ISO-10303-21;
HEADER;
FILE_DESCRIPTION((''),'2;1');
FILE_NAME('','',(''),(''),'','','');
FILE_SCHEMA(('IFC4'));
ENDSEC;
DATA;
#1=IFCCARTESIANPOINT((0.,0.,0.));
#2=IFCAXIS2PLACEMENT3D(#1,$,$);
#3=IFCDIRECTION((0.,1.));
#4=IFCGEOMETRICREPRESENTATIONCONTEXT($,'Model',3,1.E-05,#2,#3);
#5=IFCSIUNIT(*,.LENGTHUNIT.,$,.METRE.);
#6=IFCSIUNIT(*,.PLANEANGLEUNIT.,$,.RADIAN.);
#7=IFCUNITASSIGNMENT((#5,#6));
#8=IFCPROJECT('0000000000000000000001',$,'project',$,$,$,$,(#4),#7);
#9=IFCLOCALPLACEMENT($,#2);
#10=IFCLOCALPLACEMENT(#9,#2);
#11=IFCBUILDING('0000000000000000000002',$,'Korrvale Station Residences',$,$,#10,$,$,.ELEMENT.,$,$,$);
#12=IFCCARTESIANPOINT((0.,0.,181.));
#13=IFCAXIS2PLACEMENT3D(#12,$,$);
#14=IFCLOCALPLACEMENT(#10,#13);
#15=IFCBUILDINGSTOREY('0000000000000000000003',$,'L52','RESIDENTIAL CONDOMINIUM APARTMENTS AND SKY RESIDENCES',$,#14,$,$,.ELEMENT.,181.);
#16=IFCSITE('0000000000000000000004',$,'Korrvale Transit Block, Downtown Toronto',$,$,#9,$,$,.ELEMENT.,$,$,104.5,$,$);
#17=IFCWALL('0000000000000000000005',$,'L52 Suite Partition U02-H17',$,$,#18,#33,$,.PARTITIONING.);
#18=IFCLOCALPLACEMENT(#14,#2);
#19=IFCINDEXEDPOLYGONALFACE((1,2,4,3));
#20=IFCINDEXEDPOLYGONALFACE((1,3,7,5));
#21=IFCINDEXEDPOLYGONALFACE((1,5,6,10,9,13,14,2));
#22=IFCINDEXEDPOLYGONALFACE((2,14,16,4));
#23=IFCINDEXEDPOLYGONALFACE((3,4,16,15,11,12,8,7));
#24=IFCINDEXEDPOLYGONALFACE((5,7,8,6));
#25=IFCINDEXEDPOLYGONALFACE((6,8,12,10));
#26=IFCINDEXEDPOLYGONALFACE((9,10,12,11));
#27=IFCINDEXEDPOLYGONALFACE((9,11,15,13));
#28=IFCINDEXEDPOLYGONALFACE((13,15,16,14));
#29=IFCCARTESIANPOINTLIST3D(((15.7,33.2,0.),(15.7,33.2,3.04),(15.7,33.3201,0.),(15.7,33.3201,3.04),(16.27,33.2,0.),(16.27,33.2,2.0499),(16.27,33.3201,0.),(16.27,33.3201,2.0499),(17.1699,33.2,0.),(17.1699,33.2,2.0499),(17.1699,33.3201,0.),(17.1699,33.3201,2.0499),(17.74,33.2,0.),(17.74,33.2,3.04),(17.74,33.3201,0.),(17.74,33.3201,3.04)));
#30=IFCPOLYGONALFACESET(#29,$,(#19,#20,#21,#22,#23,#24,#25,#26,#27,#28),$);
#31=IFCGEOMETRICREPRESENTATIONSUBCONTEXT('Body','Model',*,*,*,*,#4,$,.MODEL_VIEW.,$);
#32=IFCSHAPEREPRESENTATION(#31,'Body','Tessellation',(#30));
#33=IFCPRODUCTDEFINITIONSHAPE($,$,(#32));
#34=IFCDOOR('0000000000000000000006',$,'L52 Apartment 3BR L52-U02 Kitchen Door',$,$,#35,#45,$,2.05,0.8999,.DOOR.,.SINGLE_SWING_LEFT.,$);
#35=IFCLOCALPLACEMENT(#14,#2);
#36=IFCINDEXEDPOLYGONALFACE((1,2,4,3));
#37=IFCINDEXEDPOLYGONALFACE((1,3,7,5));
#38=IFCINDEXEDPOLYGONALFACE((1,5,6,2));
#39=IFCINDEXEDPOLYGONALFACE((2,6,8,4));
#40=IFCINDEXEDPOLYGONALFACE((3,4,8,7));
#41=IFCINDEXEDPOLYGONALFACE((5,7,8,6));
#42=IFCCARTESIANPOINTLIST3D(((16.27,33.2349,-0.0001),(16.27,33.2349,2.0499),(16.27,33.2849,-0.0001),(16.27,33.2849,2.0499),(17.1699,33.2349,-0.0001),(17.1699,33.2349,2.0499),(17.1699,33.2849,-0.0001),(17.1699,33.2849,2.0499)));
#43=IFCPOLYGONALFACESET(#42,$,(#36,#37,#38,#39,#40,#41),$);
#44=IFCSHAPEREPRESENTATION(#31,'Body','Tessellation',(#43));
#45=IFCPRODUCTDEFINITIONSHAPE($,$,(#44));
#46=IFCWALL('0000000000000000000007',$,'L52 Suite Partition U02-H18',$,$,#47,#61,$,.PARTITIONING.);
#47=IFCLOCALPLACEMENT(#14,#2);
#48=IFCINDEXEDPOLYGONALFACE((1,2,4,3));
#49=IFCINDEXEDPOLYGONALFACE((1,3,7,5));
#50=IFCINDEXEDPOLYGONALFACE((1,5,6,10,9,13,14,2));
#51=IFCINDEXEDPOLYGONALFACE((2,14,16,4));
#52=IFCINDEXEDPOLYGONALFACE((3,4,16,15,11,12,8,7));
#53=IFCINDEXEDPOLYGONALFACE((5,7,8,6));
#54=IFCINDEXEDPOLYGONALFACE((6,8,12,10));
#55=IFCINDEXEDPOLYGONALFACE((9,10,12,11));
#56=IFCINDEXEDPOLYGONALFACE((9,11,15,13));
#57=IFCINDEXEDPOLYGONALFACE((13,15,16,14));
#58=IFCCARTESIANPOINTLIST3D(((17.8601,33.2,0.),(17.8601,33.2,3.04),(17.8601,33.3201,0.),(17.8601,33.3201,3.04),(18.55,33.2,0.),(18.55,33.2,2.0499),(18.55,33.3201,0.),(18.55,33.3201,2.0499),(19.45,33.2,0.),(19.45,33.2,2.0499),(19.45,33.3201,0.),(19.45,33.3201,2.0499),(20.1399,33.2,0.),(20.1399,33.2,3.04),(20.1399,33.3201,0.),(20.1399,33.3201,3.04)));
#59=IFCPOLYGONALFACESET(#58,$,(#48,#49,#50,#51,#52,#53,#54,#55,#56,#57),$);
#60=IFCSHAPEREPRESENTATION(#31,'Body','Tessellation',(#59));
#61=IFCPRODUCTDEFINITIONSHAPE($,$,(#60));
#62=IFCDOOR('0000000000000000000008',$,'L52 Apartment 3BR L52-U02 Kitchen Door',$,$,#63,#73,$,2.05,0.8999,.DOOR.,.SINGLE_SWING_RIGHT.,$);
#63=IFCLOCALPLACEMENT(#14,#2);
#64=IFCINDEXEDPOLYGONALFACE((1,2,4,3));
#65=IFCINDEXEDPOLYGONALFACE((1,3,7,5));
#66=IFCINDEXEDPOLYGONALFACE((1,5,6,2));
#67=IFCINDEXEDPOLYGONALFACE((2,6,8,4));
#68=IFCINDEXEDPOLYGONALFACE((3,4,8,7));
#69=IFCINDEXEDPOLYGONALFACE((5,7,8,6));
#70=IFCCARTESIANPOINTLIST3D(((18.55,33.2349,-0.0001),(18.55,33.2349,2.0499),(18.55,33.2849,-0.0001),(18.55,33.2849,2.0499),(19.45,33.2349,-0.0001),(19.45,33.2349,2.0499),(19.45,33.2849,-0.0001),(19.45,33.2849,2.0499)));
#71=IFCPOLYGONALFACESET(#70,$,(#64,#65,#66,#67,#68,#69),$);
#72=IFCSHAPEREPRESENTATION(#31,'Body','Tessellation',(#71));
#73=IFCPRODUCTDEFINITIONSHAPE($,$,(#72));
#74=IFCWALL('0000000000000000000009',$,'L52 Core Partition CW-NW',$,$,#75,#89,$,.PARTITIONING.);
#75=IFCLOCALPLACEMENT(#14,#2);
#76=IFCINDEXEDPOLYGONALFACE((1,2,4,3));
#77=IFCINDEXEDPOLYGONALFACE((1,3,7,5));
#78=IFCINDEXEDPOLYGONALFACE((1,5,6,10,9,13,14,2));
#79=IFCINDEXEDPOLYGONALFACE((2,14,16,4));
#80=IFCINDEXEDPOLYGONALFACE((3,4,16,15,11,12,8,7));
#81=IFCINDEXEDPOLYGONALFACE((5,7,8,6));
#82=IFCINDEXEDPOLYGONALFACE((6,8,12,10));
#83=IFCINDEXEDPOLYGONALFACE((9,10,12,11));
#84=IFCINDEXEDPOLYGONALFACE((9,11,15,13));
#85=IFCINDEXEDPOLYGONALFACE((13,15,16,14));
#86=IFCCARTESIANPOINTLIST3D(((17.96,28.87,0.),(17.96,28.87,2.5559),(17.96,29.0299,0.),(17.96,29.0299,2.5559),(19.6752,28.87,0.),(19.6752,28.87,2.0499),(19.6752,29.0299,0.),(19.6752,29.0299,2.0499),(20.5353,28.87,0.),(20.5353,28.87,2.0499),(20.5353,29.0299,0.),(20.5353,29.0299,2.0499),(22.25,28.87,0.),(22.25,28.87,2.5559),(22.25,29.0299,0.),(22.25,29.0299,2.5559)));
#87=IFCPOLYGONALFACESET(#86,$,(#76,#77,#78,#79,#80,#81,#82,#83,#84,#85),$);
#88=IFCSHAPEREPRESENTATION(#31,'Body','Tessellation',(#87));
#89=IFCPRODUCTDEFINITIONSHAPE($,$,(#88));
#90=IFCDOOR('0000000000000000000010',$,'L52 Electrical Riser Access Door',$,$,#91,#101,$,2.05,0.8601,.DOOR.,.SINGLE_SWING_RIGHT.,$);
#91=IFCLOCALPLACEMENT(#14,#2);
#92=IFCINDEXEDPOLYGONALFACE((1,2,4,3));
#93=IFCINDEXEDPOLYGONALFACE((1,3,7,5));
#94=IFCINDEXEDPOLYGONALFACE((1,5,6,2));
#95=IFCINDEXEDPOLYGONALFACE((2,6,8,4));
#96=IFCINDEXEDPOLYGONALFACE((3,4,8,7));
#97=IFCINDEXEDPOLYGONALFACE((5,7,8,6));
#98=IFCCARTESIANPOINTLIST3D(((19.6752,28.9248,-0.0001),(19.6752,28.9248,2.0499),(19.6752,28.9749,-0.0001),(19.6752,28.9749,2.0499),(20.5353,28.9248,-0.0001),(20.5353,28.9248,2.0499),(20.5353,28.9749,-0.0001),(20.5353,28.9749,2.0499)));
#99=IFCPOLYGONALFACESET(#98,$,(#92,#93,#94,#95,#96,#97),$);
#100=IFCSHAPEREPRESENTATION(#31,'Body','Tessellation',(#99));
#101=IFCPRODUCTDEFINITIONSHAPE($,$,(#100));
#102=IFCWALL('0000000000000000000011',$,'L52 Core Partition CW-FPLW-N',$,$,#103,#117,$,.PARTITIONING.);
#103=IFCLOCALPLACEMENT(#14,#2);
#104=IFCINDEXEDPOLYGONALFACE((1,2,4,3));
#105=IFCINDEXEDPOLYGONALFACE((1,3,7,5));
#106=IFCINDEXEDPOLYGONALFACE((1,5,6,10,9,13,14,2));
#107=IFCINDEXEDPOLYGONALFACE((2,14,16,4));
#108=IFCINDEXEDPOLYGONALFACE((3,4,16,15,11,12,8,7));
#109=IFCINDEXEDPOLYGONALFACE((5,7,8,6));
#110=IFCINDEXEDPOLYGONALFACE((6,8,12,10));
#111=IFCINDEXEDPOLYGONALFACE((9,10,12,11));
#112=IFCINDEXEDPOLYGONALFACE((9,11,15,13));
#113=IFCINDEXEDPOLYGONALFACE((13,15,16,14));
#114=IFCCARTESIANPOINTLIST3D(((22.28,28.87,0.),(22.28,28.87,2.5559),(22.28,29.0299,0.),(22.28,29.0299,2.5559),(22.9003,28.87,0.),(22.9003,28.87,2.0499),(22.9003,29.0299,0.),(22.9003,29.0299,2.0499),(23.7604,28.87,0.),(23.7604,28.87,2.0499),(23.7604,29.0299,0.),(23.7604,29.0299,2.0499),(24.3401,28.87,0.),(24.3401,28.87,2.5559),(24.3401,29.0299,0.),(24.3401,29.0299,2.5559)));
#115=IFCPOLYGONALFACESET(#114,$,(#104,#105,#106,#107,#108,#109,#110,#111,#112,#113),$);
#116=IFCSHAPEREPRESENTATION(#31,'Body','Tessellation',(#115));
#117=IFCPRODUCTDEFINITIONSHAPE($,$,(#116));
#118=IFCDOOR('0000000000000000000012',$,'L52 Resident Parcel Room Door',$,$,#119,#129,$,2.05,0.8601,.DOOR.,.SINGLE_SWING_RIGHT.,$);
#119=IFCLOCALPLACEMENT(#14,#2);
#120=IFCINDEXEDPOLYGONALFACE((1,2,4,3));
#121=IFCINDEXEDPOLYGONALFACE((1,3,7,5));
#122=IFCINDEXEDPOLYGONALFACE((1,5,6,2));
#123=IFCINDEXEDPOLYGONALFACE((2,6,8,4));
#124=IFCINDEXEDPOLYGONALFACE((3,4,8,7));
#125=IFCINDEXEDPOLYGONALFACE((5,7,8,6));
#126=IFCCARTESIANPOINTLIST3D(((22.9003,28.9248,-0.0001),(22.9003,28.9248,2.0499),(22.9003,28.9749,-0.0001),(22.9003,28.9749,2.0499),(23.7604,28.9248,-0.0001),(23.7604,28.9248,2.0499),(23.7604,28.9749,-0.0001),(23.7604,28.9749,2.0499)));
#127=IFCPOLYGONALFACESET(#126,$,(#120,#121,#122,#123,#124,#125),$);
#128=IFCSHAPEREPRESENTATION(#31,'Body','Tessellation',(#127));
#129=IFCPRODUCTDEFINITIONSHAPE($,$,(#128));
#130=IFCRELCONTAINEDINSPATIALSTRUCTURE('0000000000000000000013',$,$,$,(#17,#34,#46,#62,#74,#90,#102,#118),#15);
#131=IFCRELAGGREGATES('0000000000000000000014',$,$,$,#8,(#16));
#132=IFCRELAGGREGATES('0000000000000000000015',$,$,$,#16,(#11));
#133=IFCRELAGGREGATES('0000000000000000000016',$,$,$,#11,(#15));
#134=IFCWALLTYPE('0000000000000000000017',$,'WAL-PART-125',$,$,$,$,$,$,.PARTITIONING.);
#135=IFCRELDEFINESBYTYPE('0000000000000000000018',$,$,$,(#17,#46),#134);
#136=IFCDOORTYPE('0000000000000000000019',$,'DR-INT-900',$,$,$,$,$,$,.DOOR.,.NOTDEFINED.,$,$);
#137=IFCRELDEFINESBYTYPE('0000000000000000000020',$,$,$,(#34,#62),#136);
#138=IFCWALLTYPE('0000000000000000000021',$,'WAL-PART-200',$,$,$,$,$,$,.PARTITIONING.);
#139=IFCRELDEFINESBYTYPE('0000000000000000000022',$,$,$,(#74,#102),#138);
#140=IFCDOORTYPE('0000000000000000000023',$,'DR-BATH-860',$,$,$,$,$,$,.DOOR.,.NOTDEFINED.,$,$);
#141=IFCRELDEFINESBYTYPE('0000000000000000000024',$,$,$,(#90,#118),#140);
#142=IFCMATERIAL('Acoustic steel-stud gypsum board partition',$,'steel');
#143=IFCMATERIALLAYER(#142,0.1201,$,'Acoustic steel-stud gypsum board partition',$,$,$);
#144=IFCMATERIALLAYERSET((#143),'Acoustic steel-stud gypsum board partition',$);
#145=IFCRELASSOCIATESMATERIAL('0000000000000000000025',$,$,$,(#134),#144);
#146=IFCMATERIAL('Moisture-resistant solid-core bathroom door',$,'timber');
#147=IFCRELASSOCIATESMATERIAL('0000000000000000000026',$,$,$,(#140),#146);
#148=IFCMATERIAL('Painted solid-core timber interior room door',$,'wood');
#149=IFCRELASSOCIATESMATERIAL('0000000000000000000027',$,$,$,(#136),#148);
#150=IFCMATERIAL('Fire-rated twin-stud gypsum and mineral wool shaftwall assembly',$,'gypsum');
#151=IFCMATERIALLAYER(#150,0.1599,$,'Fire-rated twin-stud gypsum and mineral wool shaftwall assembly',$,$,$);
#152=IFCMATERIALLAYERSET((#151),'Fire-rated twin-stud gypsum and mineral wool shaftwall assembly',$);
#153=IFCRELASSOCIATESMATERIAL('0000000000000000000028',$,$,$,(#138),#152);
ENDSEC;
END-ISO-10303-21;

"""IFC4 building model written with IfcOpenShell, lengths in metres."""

from ifc_helpers import new_model, si_unit, direction, frame, frame_2d, origin, place, context, subcontext, project, spatial, rectangle, extrude, material, layer, layer_set, type_object, element, fill, save


model = new_model("IFC4")

# Units and contexts
model_context = context("Model", 3, precision=1e-05, world=origin(), true_north=direction((0.0, 1.0)))
body_context = subcontext(model_context, "Body", "Model", "MODEL_VIEW")
ifc_project = project(units=[si_unit("LENGTHUNIT", "METRE"), si_unit("PLANEANGLEUNIT", "RADIAN")], contexts=[model_context])

# Site, building, storey
site_placement = place(None, origin())
site = spatial("IfcSite", under=ifc_project, at=site_placement, Name="Korrvale Transit Block, Downtown Toronto", CompositionType="ELEMENT", RefElevation=104.5)
building_placement = place(site_placement, origin())
building = spatial("IfcBuilding", under=site, at=building_placement, Name="Korrvale Station Residences", CompositionType="ELEMENT")
storey_placement = place(building_placement, frame((0.0, 0.0, 181.0)))
storey = spatial("IfcBuildingStorey", under=building, at=storey_placement, Name="L52", Description="RESIDENTIAL CONDOMINIUM APARTMENTS AND SKY RESIDENCES", CompositionType="ELEMENT", Elevation=181.0)

# Walls, openings, doors
ifc_material_1 = material(Name="Acoustic steel-stud gypsum board partition", Category="steel")
ifc_layer_1 = layer(ifc_material_1, 0.1201, Name="Acoustic steel-stud gypsum board partition")
ifc_layer_set_1 = layer_set([ifc_layer_1], Name="Acoustic steel-stud gypsum board partition")
wall_type_1 = type_object("IfcWallType", Name="WAL-PART-125", PredefinedType="PARTITIONING", material=ifc_layer_set_1)
ifc_material_2 = material(Name="Moisture-resistant solid-core bathroom door", Category="timber")
door_type_1 = type_object("IfcDoorType", Name="DR-BATH-860", OperationType="NOTDEFINED", PredefinedType="DOOR", material=ifc_material_2)
ifc_material_3 = material(Name="Painted solid-core timber interior room door", Category="wood")
door_type_2 = type_object("IfcDoorType", Name="DR-INT-900", OperationType="NOTDEFINED", PredefinedType="DOOR", material=ifc_material_3)
wall_1_placement = place(storey_placement, frame((15.7, 33.26, 0.0), z_axis=(0.0, 0.0, 1.0), x_axis=(1.0, 0.0, 0.0)))
wall_1 = element("IfcWall", 1, at=wall_1_placement, inside=storey, type_object=wall_type_1, Name="L52 Suite Partition U02-H17", PredefinedType="PARTITIONING", context=body_context, shape_type="SweptSolid", body=[
    extrude(rectangle(XDim=2.04, YDim=0.1201, at=frame_2d((1.02, 0.0))), origin(), (0.0, 0.0, 1.0), 3.04),
])
opening_1_placement = place(wall_1_placement, frame((0.5701, 0.0, 0.0)))
opening_1 = element("IfcOpeningElement", 2, at=opening_1_placement, cuts=wall_1, PredefinedType="OPENING", context=body_context, shape_type="SweptSolid", body=[
    extrude(rectangle(XDim=0.8999, YDim=2.05, at=frame_2d((0.45, 1.0249))), frame((0.0, 0.0701, 0.0), z_axis=(0.0, -1.0, 0.0), x_axis=(1.0, 0.0, 0.0)), (0.0, 0.0, 1.0), 0.1401),
])
door_1_placement = place(opening_1_placement, origin())
door_1 = element("IfcDoor", 3, at=door_1_placement, inside=storey, type_object=door_type_2, Name="L52 Apartment 3BR L52-U02 Kitchen Door", OperationType="SINGLE_SWING_LEFT", OverallHeight=2.05, OverallWidth=0.8999, PredefinedType="DOOR", context=body_context, shape_type="SweptSolid", body=[
    extrude(rectangle(XDim=0.8999, YDim=2.05, at=frame_2d((0.45, 1.0249))), frame((0.0, 0.0249, 0.0), z_axis=(0.0, -1.0, 0.0), x_axis=(1.0, 0.0, 0.0)), (0.0, 0.0, 1.0), 0.05),
])
fill(opening_1, door_1)
wall_2_placement = place(storey_placement, frame((17.8601, 33.26, 0.0), z_axis=(0.0, 0.0, 1.0), x_axis=(1.0, 0.0, 0.0)))
wall_2 = element("IfcWall", 4, at=wall_2_placement, inside=storey, type_object=wall_type_1, Name="L52 Suite Partition U02-H18", PredefinedType="PARTITIONING", context=body_context, shape_type="SweptSolid", body=[
    extrude(rectangle(XDim=2.2798, YDim=0.1201, at=frame_2d((1.1399, 0.0))), origin(), (0.0, 0.0, 1.0), 3.04),
])
opening_2_placement = place(wall_2_placement, frame((0.6899, 0.0, 0.0)))
opening_2 = element("IfcOpeningElement", 5, at=opening_2_placement, cuts=wall_2, PredefinedType="OPENING", context=body_context, shape_type="SweptSolid", body=[
    extrude(rectangle(XDim=0.8999, YDim=2.05, at=frame_2d((0.45, 1.0249))), frame((0.0, 0.0701, 0.0), z_axis=(0.0, -1.0, 0.0), x_axis=(1.0, 0.0, 0.0)), (0.0, 0.0, 1.0), 0.1401),
])
door_2_placement = place(opening_2_placement, origin())
door_2 = element("IfcDoor", 6, at=door_2_placement, inside=storey, type_object=door_type_2, Name="L52 Apartment 3BR L52-U02 Kitchen Door", OperationType="SINGLE_SWING_RIGHT", OverallHeight=2.05, OverallWidth=0.8999, PredefinedType="DOOR", context=body_context, shape_type="SweptSolid", body=[
    extrude(rectangle(XDim=0.8999, YDim=2.05, at=frame_2d((0.45, 1.0249))), frame((0.0, 0.0249, 0.0), z_axis=(0.0, -1.0, 0.0), x_axis=(1.0, 0.0, 0.0)), (0.0, 0.0, 1.0), 0.05),
])
fill(opening_2, door_2)
ifc_material_4 = material(Name="Fire-rated twin-stud gypsum and mineral wool shaftwall assembly", Category="gypsum")
ifc_layer_2 = layer(ifc_material_4, 0.1599, Name="Fire-rated twin-stud gypsum and mineral wool shaftwall assembly")
ifc_layer_set_2 = layer_set([ifc_layer_2], Name="Fire-rated twin-stud gypsum and mineral wool shaftwall assembly")
wall_type_2 = type_object("IfcWallType", Name="WAL-PART-200", PredefinedType="PARTITIONING", material=ifc_layer_set_2)
wall_3_placement = place(storey_placement, frame((17.96, 28.95, 0.0), z_axis=(0.0, 0.0, 1.0), x_axis=(1.0, 0.0, 0.0)))
wall_3 = element("IfcWall", 7, at=wall_3_placement, inside=storey, type_object=wall_type_2, Name="L52 Core Partition CW-NW", PredefinedType="PARTITIONING", context=body_context, shape_type="SweptSolid", body=[
    extrude(rectangle(XDim=4.29, YDim=0.1599, at=frame_2d((2.145, 0.0))), origin(), (0.0, 0.0, 1.0), 2.5559),
])
opening_3_placement = place(wall_3_placement, frame((1.7151, 0.0, 0.0)))
opening_3 = element("IfcOpeningElement", 8, at=opening_3_placement, cuts=wall_3, PredefinedType="OPENING", context=body_context, shape_type="SweptSolid", body=[
    extrude(rectangle(XDim=0.8601, YDim=2.05, at=frame_2d((0.4302, 1.0249))), frame((0.0, 0.0898, 0.0), z_axis=(0.0, -1.0, 0.0), x_axis=(1.0, 0.0, 0.0)), (0.0, 0.0, 1.0), 0.1799),
])
door_3_placement = place(opening_3_placement, origin())
door_3 = element("IfcDoor", 9, at=door_3_placement, inside=storey, type_object=door_type_1, Name="L52 Electrical Riser Access Door", OperationType="SINGLE_SWING_RIGHT", OverallHeight=2.05, OverallWidth=0.8601, PredefinedType="DOOR", context=body_context, shape_type="SweptSolid", body=[
    extrude(rectangle(XDim=0.8601, YDim=2.05, at=frame_2d((0.4302, 1.0249))), frame((0.0, 0.0249, 0.0), z_axis=(0.0, -1.0, 0.0), x_axis=(1.0, 0.0, 0.0)), (0.0, 0.0, 1.0), 0.05),
])
fill(opening_3, door_3)
wall_4_placement = place(storey_placement, frame((22.28, 28.95, 0.0), z_axis=(0.0, 0.0, 1.0), x_axis=(1.0, 0.0, 0.0)))
wall_4 = element("IfcWall", 10, at=wall_4_placement, inside=storey, type_object=wall_type_2, Name="L52 Core Partition CW-FPLW-N", PredefinedType="PARTITIONING", context=body_context, shape_type="SweptSolid", body=[
    extrude(rectangle(XDim=2.0601, YDim=0.1599, at=frame_2d((1.03, 0.0))), origin(), (0.0, 0.0, 1.0), 2.5559),
])
opening_4_placement = place(wall_4_placement, frame((0.6201, 0.0, 0.0)))
opening_4 = element("IfcOpeningElement", 11, at=opening_4_placement, cuts=wall_4, PredefinedType="OPENING", context=body_context, shape_type="SweptSolid", body=[
    extrude(rectangle(XDim=0.8601, YDim=2.05, at=frame_2d((0.4302, 1.0249))), frame((0.0, 0.0898, 0.0), z_axis=(0.0, -1.0, 0.0), x_axis=(1.0, 0.0, 0.0)), (0.0, 0.0, 1.0), 0.1799),
])
door_4_placement = place(opening_4_placement, origin())
door_4 = element("IfcDoor", 12, at=door_4_placement, inside=storey, type_object=door_type_1, Name="L52 Resident Parcel Room Door", OperationType="SINGLE_SWING_RIGHT", OverallHeight=2.05, OverallWidth=0.8601, PredefinedType="DOOR", context=body_context, shape_type="SweptSolid", body=[
    extrude(rectangle(XDim=0.8601, YDim=2.05, at=frame_2d((0.4302, 1.0249))), frame((0.0, 0.0249, 0.0), z_axis=(0.0, -1.0, 0.0), x_axis=(1.0, 0.0, 0.0)), (0.0, 0.0, 1.0), 0.05),
])
fill(opening_4, door_4)

save(model, "model.ifc")
